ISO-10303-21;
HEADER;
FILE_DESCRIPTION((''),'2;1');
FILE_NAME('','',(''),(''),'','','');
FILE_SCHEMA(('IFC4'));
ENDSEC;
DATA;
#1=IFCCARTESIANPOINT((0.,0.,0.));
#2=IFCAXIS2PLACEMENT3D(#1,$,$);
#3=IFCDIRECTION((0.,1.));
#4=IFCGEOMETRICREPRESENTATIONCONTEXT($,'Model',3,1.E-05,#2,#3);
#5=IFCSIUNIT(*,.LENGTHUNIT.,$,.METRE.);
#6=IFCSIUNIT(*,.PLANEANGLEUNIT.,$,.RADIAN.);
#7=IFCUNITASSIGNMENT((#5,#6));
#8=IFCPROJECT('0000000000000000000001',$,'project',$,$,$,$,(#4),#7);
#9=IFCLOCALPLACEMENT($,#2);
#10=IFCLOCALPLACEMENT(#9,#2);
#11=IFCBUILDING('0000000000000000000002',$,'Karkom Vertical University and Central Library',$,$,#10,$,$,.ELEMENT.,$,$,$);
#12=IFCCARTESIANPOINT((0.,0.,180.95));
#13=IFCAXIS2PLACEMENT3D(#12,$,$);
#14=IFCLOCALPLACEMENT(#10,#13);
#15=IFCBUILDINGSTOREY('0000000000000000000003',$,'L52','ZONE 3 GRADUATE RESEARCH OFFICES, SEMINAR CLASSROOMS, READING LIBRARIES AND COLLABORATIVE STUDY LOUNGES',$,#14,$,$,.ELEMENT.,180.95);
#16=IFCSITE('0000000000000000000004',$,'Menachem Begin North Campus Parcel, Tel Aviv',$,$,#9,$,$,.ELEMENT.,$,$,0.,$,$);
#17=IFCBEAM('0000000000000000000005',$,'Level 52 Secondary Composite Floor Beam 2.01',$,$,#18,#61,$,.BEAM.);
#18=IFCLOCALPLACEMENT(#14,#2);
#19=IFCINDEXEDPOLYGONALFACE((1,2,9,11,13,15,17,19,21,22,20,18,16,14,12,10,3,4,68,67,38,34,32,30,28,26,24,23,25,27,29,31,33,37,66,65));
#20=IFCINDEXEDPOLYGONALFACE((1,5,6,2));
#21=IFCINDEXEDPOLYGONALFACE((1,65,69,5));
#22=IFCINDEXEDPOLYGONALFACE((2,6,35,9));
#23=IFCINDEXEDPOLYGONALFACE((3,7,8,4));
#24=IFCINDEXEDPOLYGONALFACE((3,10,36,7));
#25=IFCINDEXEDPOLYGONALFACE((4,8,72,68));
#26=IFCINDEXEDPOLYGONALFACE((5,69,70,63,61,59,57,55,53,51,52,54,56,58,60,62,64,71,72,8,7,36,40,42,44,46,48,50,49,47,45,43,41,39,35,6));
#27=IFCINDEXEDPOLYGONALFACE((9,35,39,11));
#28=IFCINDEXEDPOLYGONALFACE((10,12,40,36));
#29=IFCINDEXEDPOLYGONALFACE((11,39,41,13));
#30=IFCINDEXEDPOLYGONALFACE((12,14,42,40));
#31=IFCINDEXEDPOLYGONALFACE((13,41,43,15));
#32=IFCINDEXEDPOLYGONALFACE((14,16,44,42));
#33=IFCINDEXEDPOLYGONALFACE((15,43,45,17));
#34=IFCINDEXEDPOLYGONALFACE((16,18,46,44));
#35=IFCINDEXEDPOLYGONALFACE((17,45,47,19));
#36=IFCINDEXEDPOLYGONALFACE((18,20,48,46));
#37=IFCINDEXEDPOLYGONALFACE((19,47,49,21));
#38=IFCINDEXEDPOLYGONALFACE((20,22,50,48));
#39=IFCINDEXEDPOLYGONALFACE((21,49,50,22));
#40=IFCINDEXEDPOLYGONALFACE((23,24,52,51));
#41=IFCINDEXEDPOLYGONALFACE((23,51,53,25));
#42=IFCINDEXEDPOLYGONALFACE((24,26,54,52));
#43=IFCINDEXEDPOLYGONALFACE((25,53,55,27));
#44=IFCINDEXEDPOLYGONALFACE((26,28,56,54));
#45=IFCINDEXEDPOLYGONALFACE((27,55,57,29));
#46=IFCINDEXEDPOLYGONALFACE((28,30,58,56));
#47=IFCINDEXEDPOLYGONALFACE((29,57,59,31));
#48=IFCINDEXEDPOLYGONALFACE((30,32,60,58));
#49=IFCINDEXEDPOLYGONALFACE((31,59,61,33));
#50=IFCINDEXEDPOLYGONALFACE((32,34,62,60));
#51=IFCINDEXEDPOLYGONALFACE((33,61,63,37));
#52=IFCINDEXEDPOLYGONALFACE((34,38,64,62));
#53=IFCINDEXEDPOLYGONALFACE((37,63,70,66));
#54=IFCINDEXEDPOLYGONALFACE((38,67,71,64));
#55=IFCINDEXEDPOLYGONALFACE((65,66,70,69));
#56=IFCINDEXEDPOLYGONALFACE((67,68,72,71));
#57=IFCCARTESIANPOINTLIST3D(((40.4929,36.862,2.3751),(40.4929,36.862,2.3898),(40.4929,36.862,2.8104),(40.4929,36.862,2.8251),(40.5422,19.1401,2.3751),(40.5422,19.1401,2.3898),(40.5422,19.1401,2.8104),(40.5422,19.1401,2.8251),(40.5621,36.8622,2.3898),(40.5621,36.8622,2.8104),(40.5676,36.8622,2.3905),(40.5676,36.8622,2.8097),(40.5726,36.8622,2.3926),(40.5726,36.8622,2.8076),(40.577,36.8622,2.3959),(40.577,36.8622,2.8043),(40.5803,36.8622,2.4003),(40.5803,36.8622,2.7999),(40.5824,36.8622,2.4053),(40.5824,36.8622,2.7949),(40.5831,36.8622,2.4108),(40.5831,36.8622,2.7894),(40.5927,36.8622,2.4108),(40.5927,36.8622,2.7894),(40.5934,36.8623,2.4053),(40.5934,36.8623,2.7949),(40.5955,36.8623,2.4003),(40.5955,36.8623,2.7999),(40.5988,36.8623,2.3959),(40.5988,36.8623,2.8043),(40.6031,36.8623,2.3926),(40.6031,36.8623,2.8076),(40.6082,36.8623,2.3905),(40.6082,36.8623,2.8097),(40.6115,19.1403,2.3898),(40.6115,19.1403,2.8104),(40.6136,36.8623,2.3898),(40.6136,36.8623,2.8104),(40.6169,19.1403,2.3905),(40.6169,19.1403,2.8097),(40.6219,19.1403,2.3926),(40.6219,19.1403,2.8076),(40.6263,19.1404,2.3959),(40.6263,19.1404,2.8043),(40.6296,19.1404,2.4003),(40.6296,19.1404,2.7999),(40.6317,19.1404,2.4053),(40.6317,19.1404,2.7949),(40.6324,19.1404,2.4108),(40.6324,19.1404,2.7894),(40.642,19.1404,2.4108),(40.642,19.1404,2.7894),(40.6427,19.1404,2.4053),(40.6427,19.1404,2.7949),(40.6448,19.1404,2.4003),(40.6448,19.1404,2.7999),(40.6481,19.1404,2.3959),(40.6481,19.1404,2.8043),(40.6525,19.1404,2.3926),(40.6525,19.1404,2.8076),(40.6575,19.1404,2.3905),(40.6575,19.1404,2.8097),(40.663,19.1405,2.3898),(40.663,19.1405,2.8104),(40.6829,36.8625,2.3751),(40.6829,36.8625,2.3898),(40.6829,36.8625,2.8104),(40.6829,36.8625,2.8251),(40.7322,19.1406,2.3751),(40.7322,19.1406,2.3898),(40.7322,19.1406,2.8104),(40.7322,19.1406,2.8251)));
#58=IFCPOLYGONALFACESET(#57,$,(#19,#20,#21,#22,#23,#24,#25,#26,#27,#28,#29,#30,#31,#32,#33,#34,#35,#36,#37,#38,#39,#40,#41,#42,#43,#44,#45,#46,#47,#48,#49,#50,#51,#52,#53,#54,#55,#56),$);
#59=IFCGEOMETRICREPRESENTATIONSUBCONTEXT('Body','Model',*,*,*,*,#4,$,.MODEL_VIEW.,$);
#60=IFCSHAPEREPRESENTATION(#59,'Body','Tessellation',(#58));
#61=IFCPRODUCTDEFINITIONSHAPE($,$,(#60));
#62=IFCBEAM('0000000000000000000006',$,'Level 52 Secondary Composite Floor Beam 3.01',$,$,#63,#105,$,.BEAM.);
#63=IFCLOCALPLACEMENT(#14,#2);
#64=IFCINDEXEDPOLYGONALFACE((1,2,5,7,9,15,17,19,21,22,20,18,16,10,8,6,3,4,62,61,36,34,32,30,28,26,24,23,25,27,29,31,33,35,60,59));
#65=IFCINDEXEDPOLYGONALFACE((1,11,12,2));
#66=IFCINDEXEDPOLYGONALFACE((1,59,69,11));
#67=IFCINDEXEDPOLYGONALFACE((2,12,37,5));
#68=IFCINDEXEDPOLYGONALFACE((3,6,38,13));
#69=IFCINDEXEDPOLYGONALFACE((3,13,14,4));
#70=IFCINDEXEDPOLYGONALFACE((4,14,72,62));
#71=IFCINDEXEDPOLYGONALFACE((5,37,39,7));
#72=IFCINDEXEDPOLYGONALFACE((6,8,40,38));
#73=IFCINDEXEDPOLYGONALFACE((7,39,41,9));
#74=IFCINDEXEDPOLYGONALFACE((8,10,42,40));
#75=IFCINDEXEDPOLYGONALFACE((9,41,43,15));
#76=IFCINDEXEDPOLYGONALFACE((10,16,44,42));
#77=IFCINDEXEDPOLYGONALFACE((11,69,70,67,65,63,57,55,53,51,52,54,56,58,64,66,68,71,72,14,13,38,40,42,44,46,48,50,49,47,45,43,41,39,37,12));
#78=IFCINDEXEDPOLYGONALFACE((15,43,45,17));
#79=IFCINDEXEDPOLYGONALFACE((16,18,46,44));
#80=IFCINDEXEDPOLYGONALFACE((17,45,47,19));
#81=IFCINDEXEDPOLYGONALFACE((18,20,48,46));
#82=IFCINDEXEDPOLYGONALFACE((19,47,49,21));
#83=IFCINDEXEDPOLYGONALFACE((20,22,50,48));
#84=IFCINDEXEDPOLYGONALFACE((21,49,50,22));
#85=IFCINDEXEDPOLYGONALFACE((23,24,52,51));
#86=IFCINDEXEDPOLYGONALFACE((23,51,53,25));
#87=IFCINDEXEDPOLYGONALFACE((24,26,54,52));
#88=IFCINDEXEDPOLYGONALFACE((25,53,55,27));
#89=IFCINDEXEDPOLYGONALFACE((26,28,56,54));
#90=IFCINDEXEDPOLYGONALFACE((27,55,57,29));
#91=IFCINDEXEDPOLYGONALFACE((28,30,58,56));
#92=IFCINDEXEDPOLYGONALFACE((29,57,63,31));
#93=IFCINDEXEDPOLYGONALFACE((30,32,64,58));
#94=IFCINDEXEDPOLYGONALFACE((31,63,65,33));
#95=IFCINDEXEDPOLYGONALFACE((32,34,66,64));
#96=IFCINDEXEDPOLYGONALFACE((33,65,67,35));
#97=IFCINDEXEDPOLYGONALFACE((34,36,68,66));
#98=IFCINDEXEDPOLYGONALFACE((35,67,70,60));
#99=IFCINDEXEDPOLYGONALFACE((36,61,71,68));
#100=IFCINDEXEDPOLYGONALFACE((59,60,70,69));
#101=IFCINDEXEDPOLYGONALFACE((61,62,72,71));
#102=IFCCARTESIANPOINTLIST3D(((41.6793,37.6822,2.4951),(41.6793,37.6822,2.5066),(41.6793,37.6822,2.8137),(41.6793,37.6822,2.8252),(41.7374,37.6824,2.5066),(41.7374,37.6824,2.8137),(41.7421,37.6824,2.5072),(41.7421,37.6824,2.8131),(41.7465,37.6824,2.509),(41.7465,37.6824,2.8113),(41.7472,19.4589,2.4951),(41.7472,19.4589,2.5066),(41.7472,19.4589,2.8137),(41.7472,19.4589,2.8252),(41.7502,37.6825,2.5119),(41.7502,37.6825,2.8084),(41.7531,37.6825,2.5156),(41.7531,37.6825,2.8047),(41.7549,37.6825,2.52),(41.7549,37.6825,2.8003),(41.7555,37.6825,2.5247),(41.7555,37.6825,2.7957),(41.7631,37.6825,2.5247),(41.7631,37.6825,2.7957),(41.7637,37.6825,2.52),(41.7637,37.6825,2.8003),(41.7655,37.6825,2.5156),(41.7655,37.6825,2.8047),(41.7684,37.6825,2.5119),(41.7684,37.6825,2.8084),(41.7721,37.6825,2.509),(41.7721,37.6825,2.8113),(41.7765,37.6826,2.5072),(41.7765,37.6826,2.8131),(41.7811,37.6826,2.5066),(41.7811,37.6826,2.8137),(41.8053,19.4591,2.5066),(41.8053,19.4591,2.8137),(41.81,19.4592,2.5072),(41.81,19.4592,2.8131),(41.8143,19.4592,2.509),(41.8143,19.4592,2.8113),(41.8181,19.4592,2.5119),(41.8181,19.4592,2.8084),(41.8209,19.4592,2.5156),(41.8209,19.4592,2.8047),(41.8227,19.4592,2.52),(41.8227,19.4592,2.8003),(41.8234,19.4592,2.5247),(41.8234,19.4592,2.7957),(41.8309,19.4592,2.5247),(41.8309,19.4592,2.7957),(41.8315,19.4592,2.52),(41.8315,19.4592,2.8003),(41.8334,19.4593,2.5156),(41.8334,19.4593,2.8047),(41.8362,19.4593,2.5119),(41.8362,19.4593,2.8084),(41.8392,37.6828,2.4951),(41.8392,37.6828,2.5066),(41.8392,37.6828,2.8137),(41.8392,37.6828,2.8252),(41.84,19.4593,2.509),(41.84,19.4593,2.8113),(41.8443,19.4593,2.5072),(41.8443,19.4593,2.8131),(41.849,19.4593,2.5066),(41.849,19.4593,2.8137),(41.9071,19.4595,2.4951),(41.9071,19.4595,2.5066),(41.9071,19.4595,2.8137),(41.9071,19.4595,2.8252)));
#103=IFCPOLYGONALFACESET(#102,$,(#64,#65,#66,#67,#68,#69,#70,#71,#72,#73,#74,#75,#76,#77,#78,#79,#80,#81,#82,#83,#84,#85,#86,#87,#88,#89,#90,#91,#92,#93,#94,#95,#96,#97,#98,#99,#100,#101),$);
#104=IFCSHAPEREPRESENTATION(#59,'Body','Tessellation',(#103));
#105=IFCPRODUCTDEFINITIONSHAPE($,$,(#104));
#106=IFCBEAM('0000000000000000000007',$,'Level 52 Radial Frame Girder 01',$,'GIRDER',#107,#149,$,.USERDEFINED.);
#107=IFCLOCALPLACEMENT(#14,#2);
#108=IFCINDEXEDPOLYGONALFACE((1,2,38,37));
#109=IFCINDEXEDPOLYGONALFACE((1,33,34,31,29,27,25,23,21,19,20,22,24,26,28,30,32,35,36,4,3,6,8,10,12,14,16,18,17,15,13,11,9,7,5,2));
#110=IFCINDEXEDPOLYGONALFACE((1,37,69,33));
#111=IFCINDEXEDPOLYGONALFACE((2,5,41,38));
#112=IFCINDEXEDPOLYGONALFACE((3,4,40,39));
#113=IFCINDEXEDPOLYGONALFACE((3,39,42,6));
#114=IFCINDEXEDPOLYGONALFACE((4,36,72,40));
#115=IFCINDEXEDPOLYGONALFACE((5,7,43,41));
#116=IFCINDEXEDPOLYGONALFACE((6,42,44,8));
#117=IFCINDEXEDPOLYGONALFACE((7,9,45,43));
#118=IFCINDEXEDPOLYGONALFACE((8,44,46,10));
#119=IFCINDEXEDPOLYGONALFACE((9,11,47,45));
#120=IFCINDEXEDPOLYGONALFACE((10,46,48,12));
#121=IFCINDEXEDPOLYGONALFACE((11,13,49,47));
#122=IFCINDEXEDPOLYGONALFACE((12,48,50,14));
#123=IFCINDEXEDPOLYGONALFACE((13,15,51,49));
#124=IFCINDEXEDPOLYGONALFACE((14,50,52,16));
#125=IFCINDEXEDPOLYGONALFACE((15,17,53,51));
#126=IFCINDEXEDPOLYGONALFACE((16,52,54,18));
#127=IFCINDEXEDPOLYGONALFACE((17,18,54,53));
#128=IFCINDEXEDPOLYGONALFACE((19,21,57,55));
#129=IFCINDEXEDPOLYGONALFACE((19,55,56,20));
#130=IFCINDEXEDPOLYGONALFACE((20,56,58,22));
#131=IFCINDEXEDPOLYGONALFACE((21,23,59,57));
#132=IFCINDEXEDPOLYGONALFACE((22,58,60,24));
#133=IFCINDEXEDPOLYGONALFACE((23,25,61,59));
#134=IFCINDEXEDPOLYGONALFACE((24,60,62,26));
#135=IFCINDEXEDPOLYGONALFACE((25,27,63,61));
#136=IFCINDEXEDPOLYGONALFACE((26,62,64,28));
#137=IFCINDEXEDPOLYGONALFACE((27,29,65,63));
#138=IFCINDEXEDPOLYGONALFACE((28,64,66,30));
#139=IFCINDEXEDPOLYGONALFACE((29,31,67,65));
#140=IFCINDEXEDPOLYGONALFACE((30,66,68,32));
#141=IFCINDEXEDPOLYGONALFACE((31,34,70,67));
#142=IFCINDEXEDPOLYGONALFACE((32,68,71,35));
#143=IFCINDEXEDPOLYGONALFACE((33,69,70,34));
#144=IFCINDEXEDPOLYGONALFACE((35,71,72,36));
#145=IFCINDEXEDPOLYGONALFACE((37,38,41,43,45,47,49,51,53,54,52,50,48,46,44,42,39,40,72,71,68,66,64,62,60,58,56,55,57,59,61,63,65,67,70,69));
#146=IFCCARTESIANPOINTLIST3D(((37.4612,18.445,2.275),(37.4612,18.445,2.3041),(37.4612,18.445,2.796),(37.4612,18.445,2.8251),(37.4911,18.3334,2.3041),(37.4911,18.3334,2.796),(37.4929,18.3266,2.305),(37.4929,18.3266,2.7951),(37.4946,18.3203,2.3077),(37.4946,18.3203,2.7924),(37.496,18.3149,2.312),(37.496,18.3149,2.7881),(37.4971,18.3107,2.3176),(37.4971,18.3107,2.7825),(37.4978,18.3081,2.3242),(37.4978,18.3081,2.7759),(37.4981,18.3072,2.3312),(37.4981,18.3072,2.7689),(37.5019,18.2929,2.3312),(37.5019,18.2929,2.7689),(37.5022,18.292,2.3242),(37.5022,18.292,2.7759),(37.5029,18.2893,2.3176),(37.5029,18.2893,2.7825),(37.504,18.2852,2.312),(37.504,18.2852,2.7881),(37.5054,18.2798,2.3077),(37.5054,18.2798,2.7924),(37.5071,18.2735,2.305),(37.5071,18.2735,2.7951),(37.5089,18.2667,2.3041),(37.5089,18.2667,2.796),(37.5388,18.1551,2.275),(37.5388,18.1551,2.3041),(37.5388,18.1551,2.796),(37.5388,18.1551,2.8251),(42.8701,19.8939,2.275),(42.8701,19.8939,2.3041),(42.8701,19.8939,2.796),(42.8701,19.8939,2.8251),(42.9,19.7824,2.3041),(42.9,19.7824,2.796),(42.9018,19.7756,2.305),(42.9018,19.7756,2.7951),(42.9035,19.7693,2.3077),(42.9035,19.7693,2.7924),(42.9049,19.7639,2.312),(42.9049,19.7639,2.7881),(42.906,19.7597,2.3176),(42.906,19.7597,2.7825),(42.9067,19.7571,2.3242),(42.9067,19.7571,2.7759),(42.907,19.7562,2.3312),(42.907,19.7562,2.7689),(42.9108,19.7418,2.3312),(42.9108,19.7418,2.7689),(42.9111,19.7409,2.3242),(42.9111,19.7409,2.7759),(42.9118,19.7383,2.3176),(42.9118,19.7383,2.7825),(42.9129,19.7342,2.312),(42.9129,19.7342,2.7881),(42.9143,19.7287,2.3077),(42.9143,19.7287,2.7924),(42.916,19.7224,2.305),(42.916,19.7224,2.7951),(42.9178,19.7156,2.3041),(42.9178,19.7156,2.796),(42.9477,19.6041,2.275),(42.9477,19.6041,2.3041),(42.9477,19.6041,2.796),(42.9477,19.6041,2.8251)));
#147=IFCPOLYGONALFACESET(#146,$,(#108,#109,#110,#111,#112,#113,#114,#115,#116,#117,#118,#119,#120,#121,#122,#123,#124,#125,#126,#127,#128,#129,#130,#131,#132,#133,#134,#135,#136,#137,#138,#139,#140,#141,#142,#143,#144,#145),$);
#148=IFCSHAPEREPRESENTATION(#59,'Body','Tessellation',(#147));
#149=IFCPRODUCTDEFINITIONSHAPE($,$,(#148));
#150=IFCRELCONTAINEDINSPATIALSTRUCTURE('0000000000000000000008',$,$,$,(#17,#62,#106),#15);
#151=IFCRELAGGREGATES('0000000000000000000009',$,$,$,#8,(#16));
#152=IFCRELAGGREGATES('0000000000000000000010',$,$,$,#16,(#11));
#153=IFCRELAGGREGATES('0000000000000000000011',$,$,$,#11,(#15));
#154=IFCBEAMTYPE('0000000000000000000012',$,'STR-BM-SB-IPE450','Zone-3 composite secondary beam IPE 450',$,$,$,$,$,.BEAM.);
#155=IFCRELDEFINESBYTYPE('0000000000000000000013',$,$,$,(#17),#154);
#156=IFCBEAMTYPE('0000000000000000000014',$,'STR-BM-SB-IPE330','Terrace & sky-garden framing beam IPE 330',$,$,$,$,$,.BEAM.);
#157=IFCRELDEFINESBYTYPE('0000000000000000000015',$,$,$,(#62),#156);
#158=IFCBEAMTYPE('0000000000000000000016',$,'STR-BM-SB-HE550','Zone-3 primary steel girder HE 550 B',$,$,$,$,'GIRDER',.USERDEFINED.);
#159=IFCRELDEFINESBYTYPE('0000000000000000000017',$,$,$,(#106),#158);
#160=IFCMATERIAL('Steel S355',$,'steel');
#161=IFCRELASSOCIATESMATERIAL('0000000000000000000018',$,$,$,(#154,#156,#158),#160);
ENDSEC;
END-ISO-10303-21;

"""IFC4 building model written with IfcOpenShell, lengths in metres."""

from ifc_helpers import new_model, si_unit, direction, frame, origin, origin_with_axes, origin_2d, place, context, subcontext, project, spatial, i_section, extrude, source, transform, mapped, material, material_profile, profile_set, type_object, element, save


model = new_model("IFC4")

# Units and contexts
model_context = context("Model", 3, precision=1e-05, world=origin(), true_north=direction((0.0, 1.0)))
body_context = subcontext(model_context, "Body", "Model", "MODEL_VIEW")
ifc_project = project(units=[si_unit("LENGTHUNIT", "METRE"), si_unit("PLANEANGLEUNIT", "RADIAN")], contexts=[model_context])

# Site, building, storey
site_placement = place(None, origin())
site = spatial("IfcSite", under=ifc_project, at=site_placement, Name="Menachem Begin North Campus Parcel, Tel Aviv", CompositionType="ELEMENT", RefElevation=0.0)
building_placement = place(site_placement, origin())
building = spatial("IfcBuilding", under=site, at=building_placement, Name="Karkom Vertical University and Central Library", CompositionType="ELEMENT")
storey_placement = place(building_placement, frame((0.0, 0.0, 180.95)))
storey = spatial("IfcBuildingStorey", under=building, at=storey_placement, Name="L52", Description="ZONE 3 GRADUATE RESEARCH OFFICES, SEMINAR CLASSROOMS, READING LIBRARIES AND COLLABORATIVE STUDY LOUNGES", CompositionType="ELEMENT", Elevation=180.95)

# Beams
ifc_material_1 = material(Name="Steel S355", Category="steel")
ifc_material_profile_1 = material_profile(ifc_material_1, i_section(OverallWidth=0.1899, OverallDepth=0.45, WebThickness=0.0095, FlangeThickness=0.0146, FilletRadius=0.021, at=origin_2d()), Name="IPE 450")
ifc_profile_set_1 = profile_set([ifc_material_profile_1], Name="Steel S355")
beam_type_1 = type_object("IfcBeamType", Name="STR-BM-SB-IPE450", Description="Zone-3 composite secondary beam IPE 450", PredefinedType="BEAM", material=ifc_profile_set_1)
shared_shape_1 = source(origin_with_axes(), body_context, "Body", "SweptSolid", [
    extrude(i_section(OverallWidth=0.1899, OverallDepth=0.45, WebThickness=0.0095, FlangeThickness=0.0146, FilletRadius=0.021, at=origin_2d()), origin(), (0.0, 0.0, 1.0), 17.7219),
])
beam_1_placement = place(storey_placement, frame((40.6372, 19.1404, 2.6001), z_axis=(-0.002783, 0.999996, 0.0), x_axis=(-0.999996, -0.002783, 0.0)))
element("IfcBeam", 1, at=beam_1_placement, inside=storey, type_object=beam_type_1, Name="Level 52 Secondary Composite Floor Beam 2.01", PredefinedType="BEAM", context=body_context, shape_type="MappedRepresentation", body=[
    mapped(shared_shape_1, transform((0.0, 0.0, 0.0), scale=1.0)),
])
ifc_material_profile_2 = material_profile(ifc_material_1, i_section(OverallWidth=0.1599, OverallDepth=0.3301, WebThickness=0.0076, FlangeThickness=0.0115, FilletRadius=0.0181, at=origin_2d()), Name="IPE 330")
ifc_profile_set_2 = profile_set([ifc_material_profile_2], Name="Steel S355")
beam_type_2 = type_object("IfcBeamType", Name="STR-BM-SB-IPE330", Description="Terrace & sky-garden framing beam IPE 330", PredefinedType="BEAM", material=ifc_profile_set_2)
shared_shape_2 = source(origin_with_axes(), body_context, "Body", "SweptSolid", [
    extrude(i_section(OverallWidth=0.1599, OverallDepth=0.3301, WebThickness=0.0076, FlangeThickness=0.0115, FilletRadius=0.0181, at=origin_2d()), origin(), (0.0, 0.0, 1.0), 18.2234),
])
beam_2_placement = place(storey_placement, frame((41.8271, 19.4592, 2.6602), z_axis=(-0.003724, 0.999993, 0.0), x_axis=(-0.999993, -0.003724, 0.0)))
element("IfcBeam", 2, at=beam_2_placement, inside=storey, type_object=beam_type_2, Name="Level 52 Secondary Composite Floor Beam 3.01", PredefinedType="BEAM", context=body_context, shape_type="MappedRepresentation", body=[
    mapped(shared_shape_2, transform((0.0, 0.0, 0.0), scale=1.0)),
])
ifc_material_profile_3 = material_profile(ifc_material_1, i_section(OverallWidth=0.3, OverallDepth=0.55, WebThickness=0.0149, FlangeThickness=0.0291, FilletRadius=0.0271, at=origin_2d()), Name="HE 550 B")
ifc_profile_set_3 = profile_set([ifc_material_profile_3], Name="Steel S355")
beam_type_3 = type_object("IfcBeamType", Name="STR-BM-SB-HE550", Description="Zone-3 primary steel girder HE 550 B", ElementType="GIRDER", PredefinedType="USERDEFINED", material=ifc_profile_set_3)
shared_shape_3 = source(origin_with_axes(), body_context, "Body", "SweptSolid", [
    extrude(i_section(OverallWidth=0.3, OverallDepth=0.55, WebThickness=0.0149, FlangeThickness=0.0291, FilletRadius=0.0271, at=origin_2d()), origin(), (0.0, 0.0, 1.0), 5.5996),
])
beam_3_placement = place(storey_placement, frame((37.5, 18.3, 2.55), z_axis=(0.965941, 0.258762, 0.0), x_axis=(-0.258762, 0.965941, 0.0)))
element("IfcBeam", 3, at=beam_3_placement, inside=storey, type_object=beam_type_3, Name="Level 52 Radial Frame Girder 01", ObjectType="GIRDER", PredefinedType="USERDEFINED", context=body_context, shape_type="MappedRepresentation", body=[
    mapped(shared_shape_3, transform((0.0, 0.0, 0.0), scale=1.0)),
])

save(model, "model.ifc")
